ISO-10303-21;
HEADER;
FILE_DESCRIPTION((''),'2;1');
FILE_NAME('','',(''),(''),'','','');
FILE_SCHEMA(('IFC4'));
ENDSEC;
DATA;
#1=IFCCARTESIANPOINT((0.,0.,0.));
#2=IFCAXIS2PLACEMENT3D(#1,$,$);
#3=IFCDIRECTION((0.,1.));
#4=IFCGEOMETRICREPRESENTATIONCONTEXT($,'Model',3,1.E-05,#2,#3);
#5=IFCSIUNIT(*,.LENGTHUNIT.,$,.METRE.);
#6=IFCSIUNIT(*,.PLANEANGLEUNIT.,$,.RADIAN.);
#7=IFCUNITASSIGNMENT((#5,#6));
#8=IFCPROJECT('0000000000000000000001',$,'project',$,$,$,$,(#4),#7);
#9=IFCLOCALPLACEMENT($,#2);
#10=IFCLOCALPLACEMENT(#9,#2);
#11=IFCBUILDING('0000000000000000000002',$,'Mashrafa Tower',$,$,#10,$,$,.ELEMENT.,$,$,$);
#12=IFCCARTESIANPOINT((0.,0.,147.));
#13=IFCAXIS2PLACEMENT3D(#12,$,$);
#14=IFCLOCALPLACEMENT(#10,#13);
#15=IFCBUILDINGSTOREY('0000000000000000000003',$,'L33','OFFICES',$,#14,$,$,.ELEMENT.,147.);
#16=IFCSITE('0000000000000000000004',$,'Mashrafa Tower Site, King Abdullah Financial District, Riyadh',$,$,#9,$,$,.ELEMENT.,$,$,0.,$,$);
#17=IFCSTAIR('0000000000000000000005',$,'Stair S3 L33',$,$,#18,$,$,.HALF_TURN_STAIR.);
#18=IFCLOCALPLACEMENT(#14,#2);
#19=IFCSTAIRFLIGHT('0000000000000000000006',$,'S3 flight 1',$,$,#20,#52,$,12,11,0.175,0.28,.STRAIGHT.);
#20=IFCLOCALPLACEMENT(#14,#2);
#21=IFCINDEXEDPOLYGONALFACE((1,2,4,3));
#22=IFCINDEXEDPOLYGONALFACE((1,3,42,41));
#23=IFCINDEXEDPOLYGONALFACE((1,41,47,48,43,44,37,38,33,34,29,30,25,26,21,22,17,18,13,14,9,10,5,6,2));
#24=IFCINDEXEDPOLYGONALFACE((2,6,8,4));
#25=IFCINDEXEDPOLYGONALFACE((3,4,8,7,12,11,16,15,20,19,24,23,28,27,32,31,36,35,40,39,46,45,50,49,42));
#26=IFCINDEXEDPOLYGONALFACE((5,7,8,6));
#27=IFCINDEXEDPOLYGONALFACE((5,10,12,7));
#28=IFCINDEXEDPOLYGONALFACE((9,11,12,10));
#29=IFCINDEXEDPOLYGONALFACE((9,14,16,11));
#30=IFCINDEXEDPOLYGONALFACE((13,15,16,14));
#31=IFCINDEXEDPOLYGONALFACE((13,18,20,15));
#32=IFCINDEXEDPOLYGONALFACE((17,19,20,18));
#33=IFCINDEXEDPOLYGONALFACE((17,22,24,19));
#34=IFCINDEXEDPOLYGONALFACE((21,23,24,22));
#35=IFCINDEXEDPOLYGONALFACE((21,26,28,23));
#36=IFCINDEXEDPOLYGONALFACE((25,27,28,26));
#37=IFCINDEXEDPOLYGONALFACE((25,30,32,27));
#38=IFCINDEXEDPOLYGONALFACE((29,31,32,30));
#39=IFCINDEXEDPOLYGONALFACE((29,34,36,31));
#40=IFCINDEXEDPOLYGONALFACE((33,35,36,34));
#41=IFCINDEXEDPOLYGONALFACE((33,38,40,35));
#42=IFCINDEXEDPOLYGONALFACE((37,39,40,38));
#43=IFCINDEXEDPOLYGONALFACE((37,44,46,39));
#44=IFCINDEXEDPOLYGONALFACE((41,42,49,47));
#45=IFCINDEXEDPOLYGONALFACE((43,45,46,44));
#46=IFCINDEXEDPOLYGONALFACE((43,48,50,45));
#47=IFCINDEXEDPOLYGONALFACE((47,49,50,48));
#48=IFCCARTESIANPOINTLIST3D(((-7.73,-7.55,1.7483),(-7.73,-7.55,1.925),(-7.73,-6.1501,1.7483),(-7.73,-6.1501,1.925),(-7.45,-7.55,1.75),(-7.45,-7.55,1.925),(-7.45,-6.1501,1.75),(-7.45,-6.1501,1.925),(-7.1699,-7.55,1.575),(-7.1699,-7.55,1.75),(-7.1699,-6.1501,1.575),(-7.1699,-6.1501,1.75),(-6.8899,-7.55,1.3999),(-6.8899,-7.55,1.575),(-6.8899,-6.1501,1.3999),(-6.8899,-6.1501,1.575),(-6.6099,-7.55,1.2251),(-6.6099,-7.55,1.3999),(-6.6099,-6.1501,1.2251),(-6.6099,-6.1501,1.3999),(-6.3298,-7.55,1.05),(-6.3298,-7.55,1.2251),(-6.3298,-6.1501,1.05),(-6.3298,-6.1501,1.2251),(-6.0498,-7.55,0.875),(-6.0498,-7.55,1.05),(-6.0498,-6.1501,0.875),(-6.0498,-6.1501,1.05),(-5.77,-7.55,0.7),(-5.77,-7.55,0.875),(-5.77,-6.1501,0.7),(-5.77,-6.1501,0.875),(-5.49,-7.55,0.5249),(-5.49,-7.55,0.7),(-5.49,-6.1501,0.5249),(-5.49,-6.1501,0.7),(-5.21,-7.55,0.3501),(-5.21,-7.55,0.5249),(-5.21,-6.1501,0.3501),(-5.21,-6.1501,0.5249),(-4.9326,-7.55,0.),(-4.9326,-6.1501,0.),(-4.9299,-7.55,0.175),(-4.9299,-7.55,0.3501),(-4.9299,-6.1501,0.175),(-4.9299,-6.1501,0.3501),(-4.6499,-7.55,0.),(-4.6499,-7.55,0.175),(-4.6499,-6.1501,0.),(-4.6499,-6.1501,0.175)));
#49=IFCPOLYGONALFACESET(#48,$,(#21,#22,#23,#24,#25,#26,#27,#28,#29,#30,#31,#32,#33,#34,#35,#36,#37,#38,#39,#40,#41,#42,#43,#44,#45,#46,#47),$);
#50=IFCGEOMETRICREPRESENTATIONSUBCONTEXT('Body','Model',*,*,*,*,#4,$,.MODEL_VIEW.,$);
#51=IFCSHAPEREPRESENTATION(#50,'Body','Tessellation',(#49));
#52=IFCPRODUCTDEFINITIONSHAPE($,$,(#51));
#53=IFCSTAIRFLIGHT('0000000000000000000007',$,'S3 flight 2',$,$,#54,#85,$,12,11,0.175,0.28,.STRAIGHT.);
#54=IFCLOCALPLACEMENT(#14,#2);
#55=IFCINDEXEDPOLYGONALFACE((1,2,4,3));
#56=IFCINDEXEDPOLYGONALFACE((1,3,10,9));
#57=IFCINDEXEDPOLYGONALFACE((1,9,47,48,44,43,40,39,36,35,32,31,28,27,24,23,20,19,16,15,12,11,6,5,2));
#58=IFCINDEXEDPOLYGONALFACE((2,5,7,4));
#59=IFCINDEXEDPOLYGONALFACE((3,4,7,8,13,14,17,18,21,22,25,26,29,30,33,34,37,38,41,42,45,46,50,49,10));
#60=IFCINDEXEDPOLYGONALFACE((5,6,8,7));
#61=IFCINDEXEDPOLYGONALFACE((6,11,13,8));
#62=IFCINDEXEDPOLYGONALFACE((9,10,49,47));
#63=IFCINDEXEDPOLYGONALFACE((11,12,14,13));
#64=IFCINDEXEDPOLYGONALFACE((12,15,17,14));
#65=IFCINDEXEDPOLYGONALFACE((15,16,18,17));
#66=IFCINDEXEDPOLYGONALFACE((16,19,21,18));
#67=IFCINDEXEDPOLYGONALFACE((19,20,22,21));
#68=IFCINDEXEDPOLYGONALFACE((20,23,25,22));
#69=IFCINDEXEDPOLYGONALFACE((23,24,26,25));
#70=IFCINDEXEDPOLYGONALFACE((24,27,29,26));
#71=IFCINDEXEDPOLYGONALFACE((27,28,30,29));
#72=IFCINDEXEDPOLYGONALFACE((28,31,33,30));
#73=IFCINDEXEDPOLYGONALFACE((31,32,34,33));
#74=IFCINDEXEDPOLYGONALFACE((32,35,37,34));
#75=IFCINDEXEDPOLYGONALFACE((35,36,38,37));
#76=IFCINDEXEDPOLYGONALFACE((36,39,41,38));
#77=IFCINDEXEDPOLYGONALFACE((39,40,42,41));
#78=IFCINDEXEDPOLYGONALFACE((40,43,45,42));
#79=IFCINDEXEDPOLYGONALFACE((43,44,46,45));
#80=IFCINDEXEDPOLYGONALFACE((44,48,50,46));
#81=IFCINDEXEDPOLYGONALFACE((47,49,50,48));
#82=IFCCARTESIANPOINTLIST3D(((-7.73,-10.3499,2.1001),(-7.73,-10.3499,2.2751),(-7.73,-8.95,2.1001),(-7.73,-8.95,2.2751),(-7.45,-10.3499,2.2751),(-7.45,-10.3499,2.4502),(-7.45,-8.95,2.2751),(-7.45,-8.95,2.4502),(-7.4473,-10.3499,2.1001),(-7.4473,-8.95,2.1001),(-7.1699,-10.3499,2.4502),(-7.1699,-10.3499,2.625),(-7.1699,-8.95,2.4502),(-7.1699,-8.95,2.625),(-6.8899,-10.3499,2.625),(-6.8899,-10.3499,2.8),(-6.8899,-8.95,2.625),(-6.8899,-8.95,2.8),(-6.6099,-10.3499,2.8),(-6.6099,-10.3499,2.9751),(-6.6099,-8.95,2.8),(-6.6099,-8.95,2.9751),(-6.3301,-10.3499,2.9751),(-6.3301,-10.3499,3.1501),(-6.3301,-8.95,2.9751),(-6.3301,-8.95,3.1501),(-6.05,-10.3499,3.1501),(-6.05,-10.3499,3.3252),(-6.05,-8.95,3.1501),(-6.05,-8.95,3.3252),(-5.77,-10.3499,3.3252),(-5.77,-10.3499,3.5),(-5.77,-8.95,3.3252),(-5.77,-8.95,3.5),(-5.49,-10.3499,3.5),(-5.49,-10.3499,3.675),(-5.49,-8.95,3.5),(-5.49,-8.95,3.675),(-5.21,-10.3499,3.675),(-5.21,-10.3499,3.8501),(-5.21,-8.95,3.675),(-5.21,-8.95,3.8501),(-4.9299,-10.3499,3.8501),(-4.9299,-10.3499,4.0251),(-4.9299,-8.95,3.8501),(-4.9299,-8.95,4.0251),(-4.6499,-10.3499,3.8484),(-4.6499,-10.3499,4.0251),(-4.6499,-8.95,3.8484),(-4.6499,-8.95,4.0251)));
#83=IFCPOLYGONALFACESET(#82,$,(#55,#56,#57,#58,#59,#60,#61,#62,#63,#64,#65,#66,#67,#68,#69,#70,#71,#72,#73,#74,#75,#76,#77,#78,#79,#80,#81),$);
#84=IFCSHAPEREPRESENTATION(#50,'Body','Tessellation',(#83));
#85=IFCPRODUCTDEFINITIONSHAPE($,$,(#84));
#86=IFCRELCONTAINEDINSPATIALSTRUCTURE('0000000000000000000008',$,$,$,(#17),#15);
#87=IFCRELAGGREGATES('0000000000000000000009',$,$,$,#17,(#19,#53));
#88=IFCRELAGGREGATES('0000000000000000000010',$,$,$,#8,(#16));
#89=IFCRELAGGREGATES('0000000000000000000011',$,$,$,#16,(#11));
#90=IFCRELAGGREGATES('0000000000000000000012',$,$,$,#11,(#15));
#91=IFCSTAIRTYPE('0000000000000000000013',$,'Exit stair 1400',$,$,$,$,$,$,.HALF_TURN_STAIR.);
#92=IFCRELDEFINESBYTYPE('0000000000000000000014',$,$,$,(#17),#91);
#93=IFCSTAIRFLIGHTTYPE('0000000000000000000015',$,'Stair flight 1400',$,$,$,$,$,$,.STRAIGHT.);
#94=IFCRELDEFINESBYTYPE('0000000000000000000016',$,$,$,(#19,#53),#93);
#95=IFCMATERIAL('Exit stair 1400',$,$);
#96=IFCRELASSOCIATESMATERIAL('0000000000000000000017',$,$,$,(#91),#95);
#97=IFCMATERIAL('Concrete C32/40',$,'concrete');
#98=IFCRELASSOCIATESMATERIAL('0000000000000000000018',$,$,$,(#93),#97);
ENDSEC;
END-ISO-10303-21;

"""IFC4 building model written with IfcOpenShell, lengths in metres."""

from ifc_helpers import new_model, si_unit, direction, frame, origin, place, context, subcontext, project, spatial, polyline, outline, extrude, material, type_object, element, aggregate, save


model = new_model("IFC4")

# Units and contexts
model_context = context("Model", 3, precision=1e-05, world=origin(), true_north=direction((0.0, 1.0)))
body_context = subcontext(model_context, "Body", "Model", "MODEL_VIEW")
ifc_project = project(units=[si_unit("LENGTHUNIT", "METRE"), si_unit("PLANEANGLEUNIT", "RADIAN")], contexts=[model_context])

# Site, building, storey
site_placement = place(None, origin())
site = spatial("IfcSite", under=ifc_project, at=site_placement, Name="Mashrafa Tower Site, King Abdullah Financial District, Riyadh", CompositionType="ELEMENT", RefElevation=0.0)
building_placement = place(site_placement, origin())
building = spatial("IfcBuilding", under=site, at=building_placement, Name="Mashrafa Tower", CompositionType="ELEMENT")
storey_placement = place(building_placement, frame((0.0, 0.0, 147.0)))
storey = spatial("IfcBuildingStorey", under=building, at=storey_placement, Name="L33", Description="OFFICES", CompositionType="ELEMENT", Elevation=147.0)

# Stair, stair flights
ifc_material_1 = material(Name="Exit stair 1400")
stair_type = type_object("IfcStairType", Name="Exit stair 1400", PredefinedType="HALF_TURN_STAIR", material=ifc_material_1)
stair_placement = place(storey_placement, origin())
stair = element("IfcStair", 1, at=stair_placement, inside=storey, type_object=stair_type, Name="Stair S3 L33", PredefinedType="HALF_TURN_STAIR")
ifc_material_2 = material(Name="Concrete C32/40", Category="concrete")
stair_flight_type = type_object("IfcStairFlightType", Name="Stair flight 1400", PredefinedType="STRAIGHT", material=ifc_material_2)
stair_flight_1_placement = place(storey_placement, frame((-4.6499, -6.8501, 0.0), z_axis=(0.0, 0.0, 1.0), x_axis=(-1.0, 0.0, 0.0)))
stair_flight_1 = element("IfcStairFlight", 2, at=stair_flight_1_placement, type_object=stair_flight_type, Name="S3 flight 1", NumberOfRisers=12, NumberOfTreads=11, PredefinedType="STRAIGHT", RiserHeight=0.175, TreadLength=0.28, context=body_context, shape_type="SweptSolid", body=[
    extrude(outline(polyline([(0.0, 0.0), (0.0, 0.175), (0.28, 0.175), (0.28, 0.3501), (0.5601, 0.3501), (0.5601, 0.5249), (0.8401, 0.5249), (0.8401, 0.7), (1.1201, 0.7), (1.1201, 0.875), (1.3999, 0.875), (1.3999, 1.05), (1.6799, 1.05), (1.6799, 1.2251), (1.96, 1.2251), (1.96, 1.3999), (2.24, 1.3999), (2.24, 1.575), (2.52, 1.575), (2.52, 1.75), (2.8, 1.75), (2.8, 1.925), (3.0801, 1.925), (3.0801, 2.1001), (3.0801, 1.7483), (0.2827, 0.0), (0.0, 0.0)])), frame((0.0, 0.7, 0.0), z_axis=(0.0, -1.0, 0.0), x_axis=(1.0, 0.0, 0.0)), (0.0, 0.0, 1.0), 1.3999),
])
stair_flight_2_placement = place(storey_placement, frame((-7.73, -9.6499, 2.1001), z_axis=(0.0, 0.0, 1.0), x_axis=(1.0, 0.0, 0.0)))
stair_flight_2 = element("IfcStairFlight", 3, at=stair_flight_2_placement, type_object=stair_flight_type, Name="S3 flight 2", NumberOfRisers=12, NumberOfTreads=11, PredefinedType="STRAIGHT", RiserHeight=0.175, TreadLength=0.28, context=body_context, shape_type="SweptSolid", body=[
    extrude(outline(polyline([(0.0, 0.0), (0.0, 0.175), (0.28, 0.175), (0.28, 0.3501), (0.5601, 0.3501), (0.5601, 0.5249), (0.8401, 0.5249), (0.8401, 0.7), (1.1201, 0.7), (1.1201, 0.875), (1.3999, 0.875), (1.3999, 1.05), (1.6799, 1.05), (1.6799, 1.2251), (1.96, 1.2251), (1.96, 1.3999), (2.24, 1.3999), (2.24, 1.575), (2.52, 1.575), (2.52, 1.75), (2.8, 1.75), (2.8, 1.925), (3.0801, 1.925), (3.0801, 2.1001), (3.0801, 1.7483), (0.2827, 0.0), (0.0, 0.0)])), frame((0.0, 0.7, 0.0), z_axis=(0.0, -1.0, 0.0), x_axis=(1.0, 0.0, 0.0)), (0.0, 0.0, 1.0), 1.3999),
])
aggregate(stair, [stair_flight_1, stair_flight_2])

save(model, "model.ifc")
